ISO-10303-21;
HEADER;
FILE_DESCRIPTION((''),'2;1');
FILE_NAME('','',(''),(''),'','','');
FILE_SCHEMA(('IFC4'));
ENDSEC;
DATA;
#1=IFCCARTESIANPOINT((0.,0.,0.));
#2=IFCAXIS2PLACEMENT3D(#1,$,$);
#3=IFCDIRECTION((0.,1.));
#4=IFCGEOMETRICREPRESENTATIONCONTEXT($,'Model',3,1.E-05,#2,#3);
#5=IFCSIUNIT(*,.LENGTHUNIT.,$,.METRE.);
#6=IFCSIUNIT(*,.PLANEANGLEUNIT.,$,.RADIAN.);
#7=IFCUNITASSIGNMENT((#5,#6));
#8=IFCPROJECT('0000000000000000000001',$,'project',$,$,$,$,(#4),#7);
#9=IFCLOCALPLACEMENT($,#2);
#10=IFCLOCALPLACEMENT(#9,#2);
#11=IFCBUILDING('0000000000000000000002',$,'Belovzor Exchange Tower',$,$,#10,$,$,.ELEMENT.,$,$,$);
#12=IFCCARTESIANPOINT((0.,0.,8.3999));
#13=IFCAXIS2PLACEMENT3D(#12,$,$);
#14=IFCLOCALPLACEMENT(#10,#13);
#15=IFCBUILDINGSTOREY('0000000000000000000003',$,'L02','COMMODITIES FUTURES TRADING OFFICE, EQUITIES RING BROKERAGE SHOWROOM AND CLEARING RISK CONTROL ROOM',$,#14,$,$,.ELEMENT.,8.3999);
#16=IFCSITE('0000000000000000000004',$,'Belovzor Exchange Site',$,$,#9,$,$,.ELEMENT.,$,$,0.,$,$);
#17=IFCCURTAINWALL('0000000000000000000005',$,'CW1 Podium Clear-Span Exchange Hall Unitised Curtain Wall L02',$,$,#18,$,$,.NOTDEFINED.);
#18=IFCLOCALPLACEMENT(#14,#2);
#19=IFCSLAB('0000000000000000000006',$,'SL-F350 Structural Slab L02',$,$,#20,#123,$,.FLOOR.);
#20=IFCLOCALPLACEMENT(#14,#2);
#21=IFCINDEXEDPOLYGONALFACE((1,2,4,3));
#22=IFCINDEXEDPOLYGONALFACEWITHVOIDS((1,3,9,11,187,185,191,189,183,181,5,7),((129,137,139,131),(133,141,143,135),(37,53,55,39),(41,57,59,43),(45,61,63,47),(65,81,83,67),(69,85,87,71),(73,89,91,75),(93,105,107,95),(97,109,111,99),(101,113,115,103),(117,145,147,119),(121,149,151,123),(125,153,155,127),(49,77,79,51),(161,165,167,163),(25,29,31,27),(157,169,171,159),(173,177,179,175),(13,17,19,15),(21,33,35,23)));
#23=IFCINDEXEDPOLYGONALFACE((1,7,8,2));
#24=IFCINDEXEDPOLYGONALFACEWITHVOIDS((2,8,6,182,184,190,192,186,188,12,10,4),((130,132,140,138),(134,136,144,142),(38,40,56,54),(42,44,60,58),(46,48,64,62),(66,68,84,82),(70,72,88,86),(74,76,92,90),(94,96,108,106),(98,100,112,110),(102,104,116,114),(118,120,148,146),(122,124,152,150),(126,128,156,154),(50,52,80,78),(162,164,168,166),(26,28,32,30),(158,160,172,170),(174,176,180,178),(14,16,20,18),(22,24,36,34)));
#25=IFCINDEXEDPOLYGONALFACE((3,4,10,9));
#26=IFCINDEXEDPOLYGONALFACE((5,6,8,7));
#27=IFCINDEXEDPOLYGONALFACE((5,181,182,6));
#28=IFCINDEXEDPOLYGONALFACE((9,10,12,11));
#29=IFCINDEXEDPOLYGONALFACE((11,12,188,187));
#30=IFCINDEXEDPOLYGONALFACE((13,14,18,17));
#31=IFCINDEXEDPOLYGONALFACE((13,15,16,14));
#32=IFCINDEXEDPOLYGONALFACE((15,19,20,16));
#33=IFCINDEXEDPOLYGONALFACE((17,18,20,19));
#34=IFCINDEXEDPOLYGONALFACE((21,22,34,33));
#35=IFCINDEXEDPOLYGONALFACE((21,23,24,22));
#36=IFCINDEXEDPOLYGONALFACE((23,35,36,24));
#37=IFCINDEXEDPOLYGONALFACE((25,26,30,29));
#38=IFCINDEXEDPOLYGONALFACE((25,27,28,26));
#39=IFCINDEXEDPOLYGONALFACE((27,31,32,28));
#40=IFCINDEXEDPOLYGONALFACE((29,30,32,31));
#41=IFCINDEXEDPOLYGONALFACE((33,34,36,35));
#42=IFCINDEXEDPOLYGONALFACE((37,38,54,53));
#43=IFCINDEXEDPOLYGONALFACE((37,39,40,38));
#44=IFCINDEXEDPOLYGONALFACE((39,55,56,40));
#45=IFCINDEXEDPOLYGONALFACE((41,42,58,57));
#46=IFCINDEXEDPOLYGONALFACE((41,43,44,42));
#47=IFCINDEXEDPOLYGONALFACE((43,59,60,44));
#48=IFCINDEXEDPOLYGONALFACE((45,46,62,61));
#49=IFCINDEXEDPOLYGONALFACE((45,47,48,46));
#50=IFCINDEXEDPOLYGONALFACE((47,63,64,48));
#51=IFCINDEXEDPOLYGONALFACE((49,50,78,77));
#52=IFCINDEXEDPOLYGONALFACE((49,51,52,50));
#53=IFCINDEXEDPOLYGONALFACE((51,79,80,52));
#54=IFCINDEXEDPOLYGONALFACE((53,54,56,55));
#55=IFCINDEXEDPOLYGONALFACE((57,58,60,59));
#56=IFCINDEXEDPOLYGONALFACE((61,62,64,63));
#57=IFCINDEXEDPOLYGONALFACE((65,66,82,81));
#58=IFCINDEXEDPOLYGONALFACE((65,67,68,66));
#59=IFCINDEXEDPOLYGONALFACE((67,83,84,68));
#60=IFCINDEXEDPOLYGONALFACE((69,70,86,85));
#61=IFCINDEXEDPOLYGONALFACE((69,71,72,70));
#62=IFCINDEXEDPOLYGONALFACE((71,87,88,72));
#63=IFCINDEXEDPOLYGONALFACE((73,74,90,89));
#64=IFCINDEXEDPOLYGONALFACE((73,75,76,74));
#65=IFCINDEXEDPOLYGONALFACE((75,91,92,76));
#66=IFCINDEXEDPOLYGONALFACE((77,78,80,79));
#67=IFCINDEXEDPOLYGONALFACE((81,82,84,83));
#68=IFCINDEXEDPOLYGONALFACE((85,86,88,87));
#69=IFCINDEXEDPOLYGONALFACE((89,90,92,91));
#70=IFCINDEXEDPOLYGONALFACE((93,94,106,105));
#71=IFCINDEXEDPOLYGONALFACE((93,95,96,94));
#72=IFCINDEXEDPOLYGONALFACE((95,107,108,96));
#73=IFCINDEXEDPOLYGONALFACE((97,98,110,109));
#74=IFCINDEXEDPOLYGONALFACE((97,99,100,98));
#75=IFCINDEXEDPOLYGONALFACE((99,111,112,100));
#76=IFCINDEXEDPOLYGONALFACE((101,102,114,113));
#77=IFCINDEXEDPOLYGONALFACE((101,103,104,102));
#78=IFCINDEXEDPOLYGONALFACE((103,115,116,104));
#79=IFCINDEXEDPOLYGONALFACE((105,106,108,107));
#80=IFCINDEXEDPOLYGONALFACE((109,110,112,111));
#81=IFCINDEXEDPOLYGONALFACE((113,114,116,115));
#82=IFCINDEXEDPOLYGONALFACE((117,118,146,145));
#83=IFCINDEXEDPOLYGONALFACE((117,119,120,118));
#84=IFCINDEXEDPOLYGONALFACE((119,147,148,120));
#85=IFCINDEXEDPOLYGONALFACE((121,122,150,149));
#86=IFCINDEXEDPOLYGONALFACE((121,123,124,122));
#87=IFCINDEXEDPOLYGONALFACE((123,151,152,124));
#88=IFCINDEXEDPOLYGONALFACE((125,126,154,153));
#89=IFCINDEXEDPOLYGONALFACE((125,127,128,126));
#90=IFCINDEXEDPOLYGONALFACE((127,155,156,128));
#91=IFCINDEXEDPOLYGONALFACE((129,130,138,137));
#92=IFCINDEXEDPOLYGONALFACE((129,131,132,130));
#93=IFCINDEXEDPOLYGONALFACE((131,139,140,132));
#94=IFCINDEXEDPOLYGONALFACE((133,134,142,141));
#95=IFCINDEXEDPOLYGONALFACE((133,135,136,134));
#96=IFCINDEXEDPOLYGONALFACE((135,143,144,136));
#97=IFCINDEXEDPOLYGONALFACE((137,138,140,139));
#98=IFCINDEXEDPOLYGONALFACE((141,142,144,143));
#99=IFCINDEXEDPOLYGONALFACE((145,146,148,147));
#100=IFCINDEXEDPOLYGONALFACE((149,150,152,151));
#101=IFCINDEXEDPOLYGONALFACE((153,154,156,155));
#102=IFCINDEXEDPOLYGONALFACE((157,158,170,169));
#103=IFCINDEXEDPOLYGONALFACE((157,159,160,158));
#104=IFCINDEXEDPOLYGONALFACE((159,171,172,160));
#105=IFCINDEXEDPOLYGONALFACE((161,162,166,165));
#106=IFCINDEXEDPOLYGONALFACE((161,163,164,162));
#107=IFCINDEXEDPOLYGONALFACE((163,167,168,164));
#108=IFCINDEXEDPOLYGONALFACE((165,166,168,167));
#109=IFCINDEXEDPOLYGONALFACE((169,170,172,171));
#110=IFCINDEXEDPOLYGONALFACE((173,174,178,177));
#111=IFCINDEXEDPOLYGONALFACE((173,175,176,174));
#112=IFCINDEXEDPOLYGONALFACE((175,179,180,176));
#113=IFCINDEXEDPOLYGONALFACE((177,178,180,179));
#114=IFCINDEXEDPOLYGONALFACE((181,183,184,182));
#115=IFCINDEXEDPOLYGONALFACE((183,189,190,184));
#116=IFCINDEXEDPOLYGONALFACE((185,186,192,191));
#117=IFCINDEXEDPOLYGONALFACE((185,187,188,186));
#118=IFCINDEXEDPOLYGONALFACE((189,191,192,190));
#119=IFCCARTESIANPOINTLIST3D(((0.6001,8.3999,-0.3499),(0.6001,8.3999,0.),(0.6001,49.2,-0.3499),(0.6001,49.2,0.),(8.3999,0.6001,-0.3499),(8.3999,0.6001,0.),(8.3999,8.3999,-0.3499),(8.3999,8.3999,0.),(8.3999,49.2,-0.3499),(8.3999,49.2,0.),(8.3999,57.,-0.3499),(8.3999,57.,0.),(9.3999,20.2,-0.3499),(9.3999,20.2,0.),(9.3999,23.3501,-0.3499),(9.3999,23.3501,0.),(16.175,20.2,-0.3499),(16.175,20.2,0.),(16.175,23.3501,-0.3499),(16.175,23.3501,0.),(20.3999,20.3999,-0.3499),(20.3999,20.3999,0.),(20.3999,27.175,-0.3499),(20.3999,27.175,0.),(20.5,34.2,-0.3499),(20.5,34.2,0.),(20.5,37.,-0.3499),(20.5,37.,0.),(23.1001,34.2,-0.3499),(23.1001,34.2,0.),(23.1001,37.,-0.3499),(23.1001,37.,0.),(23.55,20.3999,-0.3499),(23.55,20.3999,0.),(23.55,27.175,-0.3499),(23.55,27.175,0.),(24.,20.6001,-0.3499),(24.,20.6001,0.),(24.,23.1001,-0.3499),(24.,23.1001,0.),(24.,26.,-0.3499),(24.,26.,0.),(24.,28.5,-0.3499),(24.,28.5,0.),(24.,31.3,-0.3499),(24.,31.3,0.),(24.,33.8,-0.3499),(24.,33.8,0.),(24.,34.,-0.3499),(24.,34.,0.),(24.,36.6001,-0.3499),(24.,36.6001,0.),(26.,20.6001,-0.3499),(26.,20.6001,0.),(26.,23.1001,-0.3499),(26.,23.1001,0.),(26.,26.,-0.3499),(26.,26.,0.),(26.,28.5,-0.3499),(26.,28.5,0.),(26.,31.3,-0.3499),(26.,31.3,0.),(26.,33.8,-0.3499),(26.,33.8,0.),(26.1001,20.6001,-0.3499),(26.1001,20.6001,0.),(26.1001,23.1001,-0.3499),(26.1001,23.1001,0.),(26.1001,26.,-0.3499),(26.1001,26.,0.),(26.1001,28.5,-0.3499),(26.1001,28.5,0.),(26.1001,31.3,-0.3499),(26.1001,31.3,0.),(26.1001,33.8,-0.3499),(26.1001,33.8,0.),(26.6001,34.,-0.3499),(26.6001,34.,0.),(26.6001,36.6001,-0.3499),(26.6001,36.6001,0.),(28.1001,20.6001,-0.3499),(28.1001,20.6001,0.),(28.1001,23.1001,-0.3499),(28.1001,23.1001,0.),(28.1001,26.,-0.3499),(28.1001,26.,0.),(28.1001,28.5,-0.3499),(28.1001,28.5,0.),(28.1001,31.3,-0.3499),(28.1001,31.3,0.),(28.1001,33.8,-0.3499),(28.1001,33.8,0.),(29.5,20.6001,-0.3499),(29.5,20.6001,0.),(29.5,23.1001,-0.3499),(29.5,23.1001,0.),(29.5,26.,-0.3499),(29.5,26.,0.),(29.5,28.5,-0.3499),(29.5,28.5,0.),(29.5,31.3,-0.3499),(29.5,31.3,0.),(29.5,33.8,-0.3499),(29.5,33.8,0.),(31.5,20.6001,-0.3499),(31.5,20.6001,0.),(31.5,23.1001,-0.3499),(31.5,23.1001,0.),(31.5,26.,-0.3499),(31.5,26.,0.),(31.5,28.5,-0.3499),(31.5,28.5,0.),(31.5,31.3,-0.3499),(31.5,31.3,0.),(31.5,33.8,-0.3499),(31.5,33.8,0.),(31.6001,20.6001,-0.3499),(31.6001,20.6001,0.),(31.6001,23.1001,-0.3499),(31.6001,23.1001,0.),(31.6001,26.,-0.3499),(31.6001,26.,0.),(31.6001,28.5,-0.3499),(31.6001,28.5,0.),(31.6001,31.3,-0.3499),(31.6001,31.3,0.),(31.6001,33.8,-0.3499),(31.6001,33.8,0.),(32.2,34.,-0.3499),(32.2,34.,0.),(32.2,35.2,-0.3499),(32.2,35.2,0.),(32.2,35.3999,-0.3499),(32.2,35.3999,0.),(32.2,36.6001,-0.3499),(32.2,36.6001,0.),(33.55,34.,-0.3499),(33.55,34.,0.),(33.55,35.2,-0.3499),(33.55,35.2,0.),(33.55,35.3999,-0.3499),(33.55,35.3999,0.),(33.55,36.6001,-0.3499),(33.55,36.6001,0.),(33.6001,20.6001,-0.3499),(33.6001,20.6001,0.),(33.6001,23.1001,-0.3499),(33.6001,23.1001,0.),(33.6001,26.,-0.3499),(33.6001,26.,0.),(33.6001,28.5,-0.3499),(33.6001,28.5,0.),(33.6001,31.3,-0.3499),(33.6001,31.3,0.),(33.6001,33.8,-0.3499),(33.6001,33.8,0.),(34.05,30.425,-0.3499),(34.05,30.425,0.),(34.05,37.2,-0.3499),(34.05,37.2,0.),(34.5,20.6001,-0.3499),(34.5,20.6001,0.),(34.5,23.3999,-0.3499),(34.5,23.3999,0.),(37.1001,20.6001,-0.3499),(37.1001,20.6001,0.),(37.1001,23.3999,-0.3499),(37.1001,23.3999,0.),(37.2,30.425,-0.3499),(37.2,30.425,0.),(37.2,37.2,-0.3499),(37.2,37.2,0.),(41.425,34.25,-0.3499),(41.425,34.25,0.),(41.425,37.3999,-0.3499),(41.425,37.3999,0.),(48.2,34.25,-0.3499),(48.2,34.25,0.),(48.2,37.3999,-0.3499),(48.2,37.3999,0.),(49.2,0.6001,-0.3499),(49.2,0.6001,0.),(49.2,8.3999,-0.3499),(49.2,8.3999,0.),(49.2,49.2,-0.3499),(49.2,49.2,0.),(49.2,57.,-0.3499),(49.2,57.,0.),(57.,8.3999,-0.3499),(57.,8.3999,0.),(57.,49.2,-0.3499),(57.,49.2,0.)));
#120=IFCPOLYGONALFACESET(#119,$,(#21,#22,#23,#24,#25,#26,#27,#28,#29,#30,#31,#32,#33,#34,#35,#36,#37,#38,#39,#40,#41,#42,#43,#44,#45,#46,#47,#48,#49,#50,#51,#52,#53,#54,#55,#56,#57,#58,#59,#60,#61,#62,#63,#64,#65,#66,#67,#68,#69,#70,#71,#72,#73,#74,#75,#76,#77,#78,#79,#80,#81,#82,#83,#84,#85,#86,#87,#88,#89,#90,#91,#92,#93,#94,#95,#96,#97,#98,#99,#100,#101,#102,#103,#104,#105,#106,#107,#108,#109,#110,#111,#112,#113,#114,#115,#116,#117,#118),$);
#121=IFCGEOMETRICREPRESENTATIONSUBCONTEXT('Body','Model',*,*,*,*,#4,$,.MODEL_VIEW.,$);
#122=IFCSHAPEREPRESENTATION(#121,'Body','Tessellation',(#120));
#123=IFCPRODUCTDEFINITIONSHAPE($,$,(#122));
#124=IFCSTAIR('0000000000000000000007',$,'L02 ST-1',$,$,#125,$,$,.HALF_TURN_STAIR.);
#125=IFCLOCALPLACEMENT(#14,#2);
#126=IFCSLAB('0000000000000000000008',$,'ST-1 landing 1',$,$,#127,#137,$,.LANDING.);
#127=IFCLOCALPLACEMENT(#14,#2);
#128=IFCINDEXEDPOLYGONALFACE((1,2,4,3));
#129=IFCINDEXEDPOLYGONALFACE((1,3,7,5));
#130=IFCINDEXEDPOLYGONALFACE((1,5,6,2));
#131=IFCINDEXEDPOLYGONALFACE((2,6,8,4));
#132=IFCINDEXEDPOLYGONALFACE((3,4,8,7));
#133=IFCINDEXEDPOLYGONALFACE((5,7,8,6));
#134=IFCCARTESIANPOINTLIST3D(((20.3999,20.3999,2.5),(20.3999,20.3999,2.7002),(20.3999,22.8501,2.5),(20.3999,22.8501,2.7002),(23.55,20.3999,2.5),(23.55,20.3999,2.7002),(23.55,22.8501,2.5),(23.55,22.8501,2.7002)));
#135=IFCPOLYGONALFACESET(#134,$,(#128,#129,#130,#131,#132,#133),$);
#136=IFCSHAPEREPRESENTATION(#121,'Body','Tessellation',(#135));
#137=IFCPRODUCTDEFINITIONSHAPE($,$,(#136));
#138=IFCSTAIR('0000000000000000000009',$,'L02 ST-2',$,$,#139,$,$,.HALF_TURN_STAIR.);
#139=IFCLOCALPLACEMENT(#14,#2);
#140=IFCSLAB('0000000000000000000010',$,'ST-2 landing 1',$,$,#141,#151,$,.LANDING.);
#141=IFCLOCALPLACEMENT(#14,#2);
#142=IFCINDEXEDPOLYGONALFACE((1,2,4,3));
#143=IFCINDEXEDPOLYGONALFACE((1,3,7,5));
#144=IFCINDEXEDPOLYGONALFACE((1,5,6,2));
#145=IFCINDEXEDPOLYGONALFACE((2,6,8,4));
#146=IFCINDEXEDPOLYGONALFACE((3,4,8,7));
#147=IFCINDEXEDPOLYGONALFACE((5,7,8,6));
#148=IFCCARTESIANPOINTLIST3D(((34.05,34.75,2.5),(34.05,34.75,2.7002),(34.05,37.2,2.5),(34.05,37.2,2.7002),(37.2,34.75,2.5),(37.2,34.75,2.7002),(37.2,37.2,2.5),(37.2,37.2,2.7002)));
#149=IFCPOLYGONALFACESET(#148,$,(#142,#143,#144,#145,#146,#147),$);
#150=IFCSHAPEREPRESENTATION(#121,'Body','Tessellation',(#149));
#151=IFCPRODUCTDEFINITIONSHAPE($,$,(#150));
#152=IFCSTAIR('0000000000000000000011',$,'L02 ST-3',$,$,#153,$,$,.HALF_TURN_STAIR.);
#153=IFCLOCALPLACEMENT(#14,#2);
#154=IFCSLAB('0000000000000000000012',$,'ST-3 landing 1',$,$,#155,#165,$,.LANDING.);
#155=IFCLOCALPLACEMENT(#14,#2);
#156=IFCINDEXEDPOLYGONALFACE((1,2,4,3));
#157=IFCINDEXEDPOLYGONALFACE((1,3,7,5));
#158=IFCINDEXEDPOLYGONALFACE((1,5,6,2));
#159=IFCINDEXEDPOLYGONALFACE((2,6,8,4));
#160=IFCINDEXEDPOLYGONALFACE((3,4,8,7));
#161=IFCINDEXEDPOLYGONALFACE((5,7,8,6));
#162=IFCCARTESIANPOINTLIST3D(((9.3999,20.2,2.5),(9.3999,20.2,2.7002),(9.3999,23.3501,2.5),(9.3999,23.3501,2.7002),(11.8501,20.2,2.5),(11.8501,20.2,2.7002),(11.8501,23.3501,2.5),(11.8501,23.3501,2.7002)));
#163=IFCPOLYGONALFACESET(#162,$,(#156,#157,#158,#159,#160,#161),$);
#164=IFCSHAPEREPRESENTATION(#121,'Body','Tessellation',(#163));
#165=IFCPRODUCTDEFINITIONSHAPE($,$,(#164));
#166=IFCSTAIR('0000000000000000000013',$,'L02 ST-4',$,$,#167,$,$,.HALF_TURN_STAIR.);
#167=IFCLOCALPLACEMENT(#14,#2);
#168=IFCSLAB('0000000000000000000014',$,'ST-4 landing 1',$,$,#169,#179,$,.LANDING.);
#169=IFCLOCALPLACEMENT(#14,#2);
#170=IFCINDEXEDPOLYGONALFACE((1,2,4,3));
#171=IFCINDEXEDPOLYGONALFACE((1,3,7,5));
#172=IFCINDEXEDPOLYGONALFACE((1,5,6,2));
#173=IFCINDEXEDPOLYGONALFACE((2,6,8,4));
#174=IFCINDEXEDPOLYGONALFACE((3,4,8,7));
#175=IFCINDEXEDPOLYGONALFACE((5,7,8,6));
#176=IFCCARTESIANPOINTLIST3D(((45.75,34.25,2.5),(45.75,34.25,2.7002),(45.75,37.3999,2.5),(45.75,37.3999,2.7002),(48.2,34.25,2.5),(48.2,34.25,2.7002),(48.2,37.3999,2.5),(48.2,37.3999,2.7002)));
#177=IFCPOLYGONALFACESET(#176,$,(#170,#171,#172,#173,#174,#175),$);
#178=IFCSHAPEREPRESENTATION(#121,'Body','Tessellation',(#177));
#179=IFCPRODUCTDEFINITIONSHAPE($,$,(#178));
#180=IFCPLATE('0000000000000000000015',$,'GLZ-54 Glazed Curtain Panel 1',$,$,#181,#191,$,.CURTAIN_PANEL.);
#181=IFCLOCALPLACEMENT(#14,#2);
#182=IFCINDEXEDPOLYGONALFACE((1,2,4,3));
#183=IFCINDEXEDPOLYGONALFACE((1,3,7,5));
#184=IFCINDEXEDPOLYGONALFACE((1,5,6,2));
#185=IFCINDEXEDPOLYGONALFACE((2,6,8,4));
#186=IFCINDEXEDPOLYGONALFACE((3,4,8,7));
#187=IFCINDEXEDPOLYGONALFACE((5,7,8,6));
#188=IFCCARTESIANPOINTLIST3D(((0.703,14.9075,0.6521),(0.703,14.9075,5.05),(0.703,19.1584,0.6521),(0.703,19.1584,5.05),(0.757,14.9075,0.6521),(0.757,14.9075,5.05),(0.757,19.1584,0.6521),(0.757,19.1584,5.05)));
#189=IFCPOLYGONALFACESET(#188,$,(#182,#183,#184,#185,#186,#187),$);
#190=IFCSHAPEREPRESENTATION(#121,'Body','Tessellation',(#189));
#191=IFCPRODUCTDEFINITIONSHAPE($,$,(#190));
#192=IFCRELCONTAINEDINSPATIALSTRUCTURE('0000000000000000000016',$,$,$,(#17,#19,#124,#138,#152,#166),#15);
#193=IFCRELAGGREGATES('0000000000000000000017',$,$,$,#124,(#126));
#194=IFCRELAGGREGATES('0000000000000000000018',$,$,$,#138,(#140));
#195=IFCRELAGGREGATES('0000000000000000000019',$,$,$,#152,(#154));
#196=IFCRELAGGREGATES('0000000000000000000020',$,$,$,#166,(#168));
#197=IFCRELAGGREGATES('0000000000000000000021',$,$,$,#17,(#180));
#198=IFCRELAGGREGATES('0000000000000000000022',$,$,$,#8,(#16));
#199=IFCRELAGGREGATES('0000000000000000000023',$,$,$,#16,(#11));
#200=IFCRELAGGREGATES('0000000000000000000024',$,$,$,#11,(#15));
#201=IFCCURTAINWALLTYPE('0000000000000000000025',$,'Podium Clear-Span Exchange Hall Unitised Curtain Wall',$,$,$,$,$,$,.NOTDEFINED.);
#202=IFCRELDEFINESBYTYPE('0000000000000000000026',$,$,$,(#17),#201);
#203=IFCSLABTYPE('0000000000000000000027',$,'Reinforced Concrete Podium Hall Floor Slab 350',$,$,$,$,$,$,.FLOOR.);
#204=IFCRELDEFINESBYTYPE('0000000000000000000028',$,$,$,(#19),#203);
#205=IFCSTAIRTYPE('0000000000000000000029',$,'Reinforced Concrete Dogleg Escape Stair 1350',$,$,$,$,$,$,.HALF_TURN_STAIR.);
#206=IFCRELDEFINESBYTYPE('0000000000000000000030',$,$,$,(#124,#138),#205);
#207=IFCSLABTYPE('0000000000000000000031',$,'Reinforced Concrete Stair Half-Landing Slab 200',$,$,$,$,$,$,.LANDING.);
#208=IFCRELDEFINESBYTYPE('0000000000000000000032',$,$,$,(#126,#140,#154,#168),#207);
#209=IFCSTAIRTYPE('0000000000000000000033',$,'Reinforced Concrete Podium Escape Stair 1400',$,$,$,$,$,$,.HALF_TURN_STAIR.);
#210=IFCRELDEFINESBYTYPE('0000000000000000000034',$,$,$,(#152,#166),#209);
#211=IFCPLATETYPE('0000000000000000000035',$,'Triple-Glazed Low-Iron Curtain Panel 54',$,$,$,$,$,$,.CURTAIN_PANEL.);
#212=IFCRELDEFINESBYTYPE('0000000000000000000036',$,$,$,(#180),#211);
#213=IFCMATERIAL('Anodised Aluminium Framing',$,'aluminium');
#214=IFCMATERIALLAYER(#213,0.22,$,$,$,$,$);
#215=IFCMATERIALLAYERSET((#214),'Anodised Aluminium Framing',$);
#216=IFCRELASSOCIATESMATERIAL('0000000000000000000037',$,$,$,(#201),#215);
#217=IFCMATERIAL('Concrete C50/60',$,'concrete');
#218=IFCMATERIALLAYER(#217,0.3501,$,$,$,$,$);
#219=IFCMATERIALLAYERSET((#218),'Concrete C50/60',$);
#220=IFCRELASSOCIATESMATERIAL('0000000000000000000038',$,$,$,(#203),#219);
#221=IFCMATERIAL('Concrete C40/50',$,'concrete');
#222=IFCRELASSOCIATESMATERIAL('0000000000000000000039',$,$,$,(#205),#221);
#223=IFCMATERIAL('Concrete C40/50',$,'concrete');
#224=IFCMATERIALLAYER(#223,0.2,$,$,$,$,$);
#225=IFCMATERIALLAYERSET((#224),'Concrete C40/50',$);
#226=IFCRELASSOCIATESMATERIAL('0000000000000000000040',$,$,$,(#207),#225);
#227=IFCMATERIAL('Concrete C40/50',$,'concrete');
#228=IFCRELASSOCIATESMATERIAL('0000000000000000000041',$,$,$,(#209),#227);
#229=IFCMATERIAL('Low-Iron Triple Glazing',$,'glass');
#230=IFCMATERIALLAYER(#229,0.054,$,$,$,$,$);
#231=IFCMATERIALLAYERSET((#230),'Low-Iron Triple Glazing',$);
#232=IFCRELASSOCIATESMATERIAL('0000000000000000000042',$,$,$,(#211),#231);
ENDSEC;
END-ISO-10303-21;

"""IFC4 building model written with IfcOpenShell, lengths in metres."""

from ifc_helpers import new_model, si_unit, direction, frame, origin, origin_2d, place, context, subcontext, project, spatial, polyline, rectangle, outline, extrude, material, layer, layer_set, type_object, element, aggregate, save


model = new_model("IFC4")

# Units and contexts
model_context = context("Model", 3, precision=1e-05, world=origin(), true_north=direction((0.0, 1.0)))
body_context = subcontext(model_context, "Body", "Model", "MODEL_VIEW")
ifc_project = project(units=[si_unit("LENGTHUNIT", "METRE"), si_unit("PLANEANGLEUNIT", "RADIAN")], contexts=[model_context])

# Site, building, storey
site_placement = place(None, origin())
site = spatial("IfcSite", under=ifc_project, at=site_placement, Name="Belovzor Exchange Site", CompositionType="ELEMENT", RefElevation=0.0)
building_placement = place(site_placement, origin())
building = spatial("IfcBuilding", under=site, at=building_placement, Name="Belovzor Exchange Tower", CompositionType="ELEMENT")
storey_placement = place(building_placement, frame((0.0, 0.0, 8.3999)))
storey = spatial("IfcBuildingStorey", under=building, at=storey_placement, Name="L02", Description="COMMODITIES FUTURES TRADING OFFICE, EQUITIES RING BROKERAGE SHOWROOM AND CLEARING RISK CONTROL ROOM", CompositionType="ELEMENT", Elevation=8.3999)

# Curtain wall
ifc_material_1 = material(Name="Anodised Aluminium Framing", Category="aluminium")
ifc_layer_1 = layer(ifc_material_1, 0.22)
ifc_layer_set_1 = layer_set([ifc_layer_1], Name="Anodised Aluminium Framing")
curtain_wall_type = type_object("IfcCurtainWallType", Name="Podium Clear-Span Exchange Hall Unitised Curtain Wall", PredefinedType="NOTDEFINED", material=ifc_layer_set_1)
curtain_wall_placement = place(storey_placement, origin())
curtain_wall = element("IfcCurtainWall", 1, at=curtain_wall_placement, inside=storey, type_object=curtain_wall_type, Name="CW1 Podium Clear-Span Exchange Hall Unitised Curtain Wall L02", PredefinedType="NOTDEFINED")

# Slab
ifc_material_2 = material(Name="Concrete C50/60", Category="concrete")
ifc_layer_2 = layer(ifc_material_2, 0.3501)
ifc_layer_set_2 = layer_set([ifc_layer_2], Name="Concrete C50/60")
slab_type_1 = type_object("IfcSlabType", Name="Reinforced Concrete Podium Hall Floor Slab 350", PredefinedType="FLOOR", material=ifc_layer_set_2)
slab_1_placement = place(storey_placement, frame((0.0, 0.0, -0.3499)))
element("IfcSlab", 2, at=slab_1_placement, inside=storey, type_object=slab_type_1, Name="SL-F350 Structural Slab L02", PredefinedType="FLOOR", context=body_context, shape_type="SweptSolid", body=[
    extrude(outline(polyline([(8.3999, 0.6001), (49.2, 0.6001), (49.2, 8.3999), (57.0, 8.3999), (57.0, 49.2), (49.2, 49.2), (49.2, 57.0), (8.3999, 57.0), (8.3999, 49.2), (0.6001, 49.2), (0.6001, 8.3999), (8.3999, 8.3999), (8.3999, 0.6001)]), holes=[polyline([(20.3999, 27.175), (20.3999, 20.3999), (23.55, 20.3999), (23.55, 27.175), (20.3999, 27.175)]), polyline([(37.2, 30.425), (37.2, 37.2), (34.05, 37.2), (34.05, 30.425), (37.2, 30.425)]), polyline([(16.175, 23.3501), (9.3999, 23.3501), (9.3999, 20.2), (16.175, 20.2), (16.175, 23.3501)]), polyline([(41.425, 34.25), (48.2, 34.25), (48.2, 37.3999), (41.425, 37.3999), (41.425, 34.25)]), polyline([(20.5, 34.2), (23.1001, 34.2), (23.1001, 37.0), (20.5, 37.0), (20.5, 34.2)]), polyline([(34.5, 20.6001), (37.1001, 20.6001), (37.1001, 23.3999), (34.5, 23.3999), (34.5, 20.6001)]), polyline([(24.0, 34.0), (26.6001, 34.0), (26.6001, 36.6001), (24.0, 36.6001), (24.0, 34.0)]), polyline([(24.0, 20.6001), (26.0, 20.6001), (26.0, 23.1001), (24.0, 23.1001), (24.0, 20.6001)]), polyline([(26.1001, 20.6001), (28.1001, 20.6001), (28.1001, 23.1001), (26.1001, 23.1001), (26.1001, 20.6001)]), polyline([(29.5, 20.6001), (31.5, 20.6001), (31.5, 23.1001), (29.5, 23.1001), (29.5, 20.6001)]), polyline([(31.6001, 20.6001), (33.6001, 20.6001), (33.6001, 23.1001), (31.6001, 23.1001), (31.6001, 20.6001)]), polyline([(24.0, 26.0), (26.0, 26.0), (26.0, 28.5), (24.0, 28.5), (24.0, 26.0)]), polyline([(26.1001, 26.0), (28.1001, 26.0), (28.1001, 28.5), (26.1001, 28.5), (26.1001, 26.0)]), polyline([(29.5, 26.0), (31.5, 26.0), (31.5, 28.5), (29.5, 28.5), (29.5, 26.0)]), polyline([(31.6001, 26.0), (33.6001, 26.0), (33.6001, 28.5), (31.6001, 28.5), (31.6001, 26.0)]), polyline([(24.0, 31.3), (26.0, 31.3), (26.0, 33.8), (24.0, 33.8), (24.0, 31.3)]), polyline([(26.1001, 31.3), (28.1001, 31.3), (28.1001, 33.8), (26.1001, 33.8), (26.1001, 31.3)]), polyline([(29.5, 31.3), (31.5, 31.3), (31.5, 33.8), (29.5, 33.8), (29.5, 31.3)]), polyline([(31.6001, 31.3), (33.6001, 31.3), (33.6001, 33.8), (31.6001, 33.8), (31.6001, 31.3)]), polyline([(32.2, 34.0), (33.55, 34.0), (33.55, 35.2), (32.2, 35.2), (32.2, 34.0)]), polyline([(32.2, 35.3999), (33.55, 35.3999), (33.55, 36.6001), (32.2, 36.6001), (32.2, 35.3999)])]), origin(), (0.0, 0.0, 1.0), 0.3499),
])

# Stairs, slabs
ifc_material_3 = material(Name="Concrete C40/50", Category="concrete")
stair_type_1 = type_object("IfcStairType", Name="Reinforced Concrete Dogleg Escape Stair 1350", PredefinedType="HALF_TURN_STAIR", material=ifc_material_3)
stair_1_placement = place(storey_placement, origin())
stair_1 = element("IfcStair", 3, at=stair_1_placement, inside=storey, type_object=stair_type_1, Name="L02 ST-1", PredefinedType="HALF_TURN_STAIR")
ifc_material_4 = material(Name="Concrete C40/50", Category="concrete")
ifc_layer_3 = layer(ifc_material_4, 0.2)
ifc_layer_set_3 = layer_set([ifc_layer_3], Name="Concrete C40/50")
slab_type_2 = type_object("IfcSlabType", Name="Reinforced Concrete Stair Half-Landing Slab 200", PredefinedType="LANDING", material=ifc_layer_set_3)
slab_2_placement = place(storey_placement, frame((0.0, 0.0, 2.5)))
slab_2 = element("IfcSlab", 4, at=slab_2_placement, type_object=slab_type_2, Name="ST-1 landing 1", PredefinedType="LANDING", context=body_context, shape_type="SweptSolid", body=[
    extrude(outline(polyline([(20.3999, 22.8501), (20.3999, 20.3999), (23.55, 20.3999), (23.55, 22.8501), (20.3999, 22.8501)])), origin(), (0.0, 0.0, 1.0), 0.2002),
])
aggregate(stair_1, [slab_2])
stair_2_placement = place(storey_placement, origin())
stair_2 = element("IfcStair", 5, at=stair_2_placement, inside=storey, type_object=stair_type_1, Name="L02 ST-2", PredefinedType="HALF_TURN_STAIR")
slab_3_placement = place(storey_placement, frame((0.0, 0.0, 2.5)))
slab_3 = element("IfcSlab", 6, at=slab_3_placement, type_object=slab_type_2, Name="ST-2 landing 1", PredefinedType="LANDING", context=body_context, shape_type="SweptSolid", body=[
    extrude(outline(polyline([(37.2, 34.75), (37.2, 37.2), (34.05, 37.2), (34.05, 34.75), (37.2, 34.75)])), origin(), (0.0, 0.0, 1.0), 0.2002),
])
aggregate(stair_2, [slab_3])
ifc_material_5 = material(Name="Concrete C40/50", Category="concrete")
stair_type_2 = type_object("IfcStairType", Name="Reinforced Concrete Podium Escape Stair 1400", PredefinedType="HALF_TURN_STAIR", material=ifc_material_5)
stair_3_placement = place(storey_placement, origin())
stair_3 = element("IfcStair", 7, at=stair_3_placement, inside=storey, type_object=stair_type_2, Name="L02 ST-3", PredefinedType="HALF_TURN_STAIR")
slab_4_placement = place(storey_placement, frame((0.0, 0.0, 2.5)))
slab_4 = element("IfcSlab", 8, at=slab_4_placement, type_object=slab_type_2, Name="ST-3 landing 1", PredefinedType="LANDING", context=body_context, shape_type="SweptSolid", body=[
    extrude(outline(polyline([(11.8501, 23.3501), (9.3999, 23.3501), (9.3999, 20.2), (11.8501, 20.2), (11.8501, 23.3501)])), origin(), (0.0, 0.0, 1.0), 0.2002),
])
aggregate(stair_3, [slab_4])
stair_4_placement = place(storey_placement, origin())
stair_4 = element("IfcStair", 9, at=stair_4_placement, inside=storey, type_object=stair_type_2, Name="L02 ST-4", PredefinedType="HALF_TURN_STAIR")
slab_5_placement = place(storey_placement, frame((0.0, 0.0, 2.5)))
slab_5 = element("IfcSlab", 10, at=slab_5_placement, type_object=slab_type_2, Name="ST-4 landing 1", PredefinedType="LANDING", context=body_context, shape_type="SweptSolid", body=[
    extrude(outline(polyline([(45.75, 34.25), (48.2, 34.25), (48.2, 37.3999), (45.75, 37.3999), (45.75, 34.25)])), origin(), (0.0, 0.0, 1.0), 0.2002),
])
aggregate(stair_4, [slab_5])

# Plate
ifc_material_6 = material(Name="Low-Iron Triple Glazing", Category="glass")
ifc_layer_4 = layer(ifc_material_6, 0.054)
ifc_layer_set_4 = layer_set([ifc_layer_4], Name="Low-Iron Triple Glazing")
plate_type_1 = type_object("IfcPlateType", Name="Triple-Glazed Low-Iron Curtain Panel 54", PredefinedType="CURTAIN_PANEL", material=ifc_layer_set_4)
plate_1_placement = place(storey_placement, frame((0.73, 17.033, 0.6521), z_axis=(0.0, 0.0, 1.0), x_axis=(0.0, 1.0, 0.0)))
plate_1 = element("IfcPlate", 11, at=plate_1_placement, type_object=plate_type_1, Name="GLZ-54 Glazed Curtain Panel 1", PredefinedType="CURTAIN_PANEL", context=body_context, shape_type="SweptSolid", body=[
    extrude(rectangle(XDim=4.251, YDim=0.054, at=origin_2d()), origin(), (0.0, 0.0, 1.0), 4.3979),
])
aggregate(curtain_wall, [plate_1])

save(model, "model.ifc")
